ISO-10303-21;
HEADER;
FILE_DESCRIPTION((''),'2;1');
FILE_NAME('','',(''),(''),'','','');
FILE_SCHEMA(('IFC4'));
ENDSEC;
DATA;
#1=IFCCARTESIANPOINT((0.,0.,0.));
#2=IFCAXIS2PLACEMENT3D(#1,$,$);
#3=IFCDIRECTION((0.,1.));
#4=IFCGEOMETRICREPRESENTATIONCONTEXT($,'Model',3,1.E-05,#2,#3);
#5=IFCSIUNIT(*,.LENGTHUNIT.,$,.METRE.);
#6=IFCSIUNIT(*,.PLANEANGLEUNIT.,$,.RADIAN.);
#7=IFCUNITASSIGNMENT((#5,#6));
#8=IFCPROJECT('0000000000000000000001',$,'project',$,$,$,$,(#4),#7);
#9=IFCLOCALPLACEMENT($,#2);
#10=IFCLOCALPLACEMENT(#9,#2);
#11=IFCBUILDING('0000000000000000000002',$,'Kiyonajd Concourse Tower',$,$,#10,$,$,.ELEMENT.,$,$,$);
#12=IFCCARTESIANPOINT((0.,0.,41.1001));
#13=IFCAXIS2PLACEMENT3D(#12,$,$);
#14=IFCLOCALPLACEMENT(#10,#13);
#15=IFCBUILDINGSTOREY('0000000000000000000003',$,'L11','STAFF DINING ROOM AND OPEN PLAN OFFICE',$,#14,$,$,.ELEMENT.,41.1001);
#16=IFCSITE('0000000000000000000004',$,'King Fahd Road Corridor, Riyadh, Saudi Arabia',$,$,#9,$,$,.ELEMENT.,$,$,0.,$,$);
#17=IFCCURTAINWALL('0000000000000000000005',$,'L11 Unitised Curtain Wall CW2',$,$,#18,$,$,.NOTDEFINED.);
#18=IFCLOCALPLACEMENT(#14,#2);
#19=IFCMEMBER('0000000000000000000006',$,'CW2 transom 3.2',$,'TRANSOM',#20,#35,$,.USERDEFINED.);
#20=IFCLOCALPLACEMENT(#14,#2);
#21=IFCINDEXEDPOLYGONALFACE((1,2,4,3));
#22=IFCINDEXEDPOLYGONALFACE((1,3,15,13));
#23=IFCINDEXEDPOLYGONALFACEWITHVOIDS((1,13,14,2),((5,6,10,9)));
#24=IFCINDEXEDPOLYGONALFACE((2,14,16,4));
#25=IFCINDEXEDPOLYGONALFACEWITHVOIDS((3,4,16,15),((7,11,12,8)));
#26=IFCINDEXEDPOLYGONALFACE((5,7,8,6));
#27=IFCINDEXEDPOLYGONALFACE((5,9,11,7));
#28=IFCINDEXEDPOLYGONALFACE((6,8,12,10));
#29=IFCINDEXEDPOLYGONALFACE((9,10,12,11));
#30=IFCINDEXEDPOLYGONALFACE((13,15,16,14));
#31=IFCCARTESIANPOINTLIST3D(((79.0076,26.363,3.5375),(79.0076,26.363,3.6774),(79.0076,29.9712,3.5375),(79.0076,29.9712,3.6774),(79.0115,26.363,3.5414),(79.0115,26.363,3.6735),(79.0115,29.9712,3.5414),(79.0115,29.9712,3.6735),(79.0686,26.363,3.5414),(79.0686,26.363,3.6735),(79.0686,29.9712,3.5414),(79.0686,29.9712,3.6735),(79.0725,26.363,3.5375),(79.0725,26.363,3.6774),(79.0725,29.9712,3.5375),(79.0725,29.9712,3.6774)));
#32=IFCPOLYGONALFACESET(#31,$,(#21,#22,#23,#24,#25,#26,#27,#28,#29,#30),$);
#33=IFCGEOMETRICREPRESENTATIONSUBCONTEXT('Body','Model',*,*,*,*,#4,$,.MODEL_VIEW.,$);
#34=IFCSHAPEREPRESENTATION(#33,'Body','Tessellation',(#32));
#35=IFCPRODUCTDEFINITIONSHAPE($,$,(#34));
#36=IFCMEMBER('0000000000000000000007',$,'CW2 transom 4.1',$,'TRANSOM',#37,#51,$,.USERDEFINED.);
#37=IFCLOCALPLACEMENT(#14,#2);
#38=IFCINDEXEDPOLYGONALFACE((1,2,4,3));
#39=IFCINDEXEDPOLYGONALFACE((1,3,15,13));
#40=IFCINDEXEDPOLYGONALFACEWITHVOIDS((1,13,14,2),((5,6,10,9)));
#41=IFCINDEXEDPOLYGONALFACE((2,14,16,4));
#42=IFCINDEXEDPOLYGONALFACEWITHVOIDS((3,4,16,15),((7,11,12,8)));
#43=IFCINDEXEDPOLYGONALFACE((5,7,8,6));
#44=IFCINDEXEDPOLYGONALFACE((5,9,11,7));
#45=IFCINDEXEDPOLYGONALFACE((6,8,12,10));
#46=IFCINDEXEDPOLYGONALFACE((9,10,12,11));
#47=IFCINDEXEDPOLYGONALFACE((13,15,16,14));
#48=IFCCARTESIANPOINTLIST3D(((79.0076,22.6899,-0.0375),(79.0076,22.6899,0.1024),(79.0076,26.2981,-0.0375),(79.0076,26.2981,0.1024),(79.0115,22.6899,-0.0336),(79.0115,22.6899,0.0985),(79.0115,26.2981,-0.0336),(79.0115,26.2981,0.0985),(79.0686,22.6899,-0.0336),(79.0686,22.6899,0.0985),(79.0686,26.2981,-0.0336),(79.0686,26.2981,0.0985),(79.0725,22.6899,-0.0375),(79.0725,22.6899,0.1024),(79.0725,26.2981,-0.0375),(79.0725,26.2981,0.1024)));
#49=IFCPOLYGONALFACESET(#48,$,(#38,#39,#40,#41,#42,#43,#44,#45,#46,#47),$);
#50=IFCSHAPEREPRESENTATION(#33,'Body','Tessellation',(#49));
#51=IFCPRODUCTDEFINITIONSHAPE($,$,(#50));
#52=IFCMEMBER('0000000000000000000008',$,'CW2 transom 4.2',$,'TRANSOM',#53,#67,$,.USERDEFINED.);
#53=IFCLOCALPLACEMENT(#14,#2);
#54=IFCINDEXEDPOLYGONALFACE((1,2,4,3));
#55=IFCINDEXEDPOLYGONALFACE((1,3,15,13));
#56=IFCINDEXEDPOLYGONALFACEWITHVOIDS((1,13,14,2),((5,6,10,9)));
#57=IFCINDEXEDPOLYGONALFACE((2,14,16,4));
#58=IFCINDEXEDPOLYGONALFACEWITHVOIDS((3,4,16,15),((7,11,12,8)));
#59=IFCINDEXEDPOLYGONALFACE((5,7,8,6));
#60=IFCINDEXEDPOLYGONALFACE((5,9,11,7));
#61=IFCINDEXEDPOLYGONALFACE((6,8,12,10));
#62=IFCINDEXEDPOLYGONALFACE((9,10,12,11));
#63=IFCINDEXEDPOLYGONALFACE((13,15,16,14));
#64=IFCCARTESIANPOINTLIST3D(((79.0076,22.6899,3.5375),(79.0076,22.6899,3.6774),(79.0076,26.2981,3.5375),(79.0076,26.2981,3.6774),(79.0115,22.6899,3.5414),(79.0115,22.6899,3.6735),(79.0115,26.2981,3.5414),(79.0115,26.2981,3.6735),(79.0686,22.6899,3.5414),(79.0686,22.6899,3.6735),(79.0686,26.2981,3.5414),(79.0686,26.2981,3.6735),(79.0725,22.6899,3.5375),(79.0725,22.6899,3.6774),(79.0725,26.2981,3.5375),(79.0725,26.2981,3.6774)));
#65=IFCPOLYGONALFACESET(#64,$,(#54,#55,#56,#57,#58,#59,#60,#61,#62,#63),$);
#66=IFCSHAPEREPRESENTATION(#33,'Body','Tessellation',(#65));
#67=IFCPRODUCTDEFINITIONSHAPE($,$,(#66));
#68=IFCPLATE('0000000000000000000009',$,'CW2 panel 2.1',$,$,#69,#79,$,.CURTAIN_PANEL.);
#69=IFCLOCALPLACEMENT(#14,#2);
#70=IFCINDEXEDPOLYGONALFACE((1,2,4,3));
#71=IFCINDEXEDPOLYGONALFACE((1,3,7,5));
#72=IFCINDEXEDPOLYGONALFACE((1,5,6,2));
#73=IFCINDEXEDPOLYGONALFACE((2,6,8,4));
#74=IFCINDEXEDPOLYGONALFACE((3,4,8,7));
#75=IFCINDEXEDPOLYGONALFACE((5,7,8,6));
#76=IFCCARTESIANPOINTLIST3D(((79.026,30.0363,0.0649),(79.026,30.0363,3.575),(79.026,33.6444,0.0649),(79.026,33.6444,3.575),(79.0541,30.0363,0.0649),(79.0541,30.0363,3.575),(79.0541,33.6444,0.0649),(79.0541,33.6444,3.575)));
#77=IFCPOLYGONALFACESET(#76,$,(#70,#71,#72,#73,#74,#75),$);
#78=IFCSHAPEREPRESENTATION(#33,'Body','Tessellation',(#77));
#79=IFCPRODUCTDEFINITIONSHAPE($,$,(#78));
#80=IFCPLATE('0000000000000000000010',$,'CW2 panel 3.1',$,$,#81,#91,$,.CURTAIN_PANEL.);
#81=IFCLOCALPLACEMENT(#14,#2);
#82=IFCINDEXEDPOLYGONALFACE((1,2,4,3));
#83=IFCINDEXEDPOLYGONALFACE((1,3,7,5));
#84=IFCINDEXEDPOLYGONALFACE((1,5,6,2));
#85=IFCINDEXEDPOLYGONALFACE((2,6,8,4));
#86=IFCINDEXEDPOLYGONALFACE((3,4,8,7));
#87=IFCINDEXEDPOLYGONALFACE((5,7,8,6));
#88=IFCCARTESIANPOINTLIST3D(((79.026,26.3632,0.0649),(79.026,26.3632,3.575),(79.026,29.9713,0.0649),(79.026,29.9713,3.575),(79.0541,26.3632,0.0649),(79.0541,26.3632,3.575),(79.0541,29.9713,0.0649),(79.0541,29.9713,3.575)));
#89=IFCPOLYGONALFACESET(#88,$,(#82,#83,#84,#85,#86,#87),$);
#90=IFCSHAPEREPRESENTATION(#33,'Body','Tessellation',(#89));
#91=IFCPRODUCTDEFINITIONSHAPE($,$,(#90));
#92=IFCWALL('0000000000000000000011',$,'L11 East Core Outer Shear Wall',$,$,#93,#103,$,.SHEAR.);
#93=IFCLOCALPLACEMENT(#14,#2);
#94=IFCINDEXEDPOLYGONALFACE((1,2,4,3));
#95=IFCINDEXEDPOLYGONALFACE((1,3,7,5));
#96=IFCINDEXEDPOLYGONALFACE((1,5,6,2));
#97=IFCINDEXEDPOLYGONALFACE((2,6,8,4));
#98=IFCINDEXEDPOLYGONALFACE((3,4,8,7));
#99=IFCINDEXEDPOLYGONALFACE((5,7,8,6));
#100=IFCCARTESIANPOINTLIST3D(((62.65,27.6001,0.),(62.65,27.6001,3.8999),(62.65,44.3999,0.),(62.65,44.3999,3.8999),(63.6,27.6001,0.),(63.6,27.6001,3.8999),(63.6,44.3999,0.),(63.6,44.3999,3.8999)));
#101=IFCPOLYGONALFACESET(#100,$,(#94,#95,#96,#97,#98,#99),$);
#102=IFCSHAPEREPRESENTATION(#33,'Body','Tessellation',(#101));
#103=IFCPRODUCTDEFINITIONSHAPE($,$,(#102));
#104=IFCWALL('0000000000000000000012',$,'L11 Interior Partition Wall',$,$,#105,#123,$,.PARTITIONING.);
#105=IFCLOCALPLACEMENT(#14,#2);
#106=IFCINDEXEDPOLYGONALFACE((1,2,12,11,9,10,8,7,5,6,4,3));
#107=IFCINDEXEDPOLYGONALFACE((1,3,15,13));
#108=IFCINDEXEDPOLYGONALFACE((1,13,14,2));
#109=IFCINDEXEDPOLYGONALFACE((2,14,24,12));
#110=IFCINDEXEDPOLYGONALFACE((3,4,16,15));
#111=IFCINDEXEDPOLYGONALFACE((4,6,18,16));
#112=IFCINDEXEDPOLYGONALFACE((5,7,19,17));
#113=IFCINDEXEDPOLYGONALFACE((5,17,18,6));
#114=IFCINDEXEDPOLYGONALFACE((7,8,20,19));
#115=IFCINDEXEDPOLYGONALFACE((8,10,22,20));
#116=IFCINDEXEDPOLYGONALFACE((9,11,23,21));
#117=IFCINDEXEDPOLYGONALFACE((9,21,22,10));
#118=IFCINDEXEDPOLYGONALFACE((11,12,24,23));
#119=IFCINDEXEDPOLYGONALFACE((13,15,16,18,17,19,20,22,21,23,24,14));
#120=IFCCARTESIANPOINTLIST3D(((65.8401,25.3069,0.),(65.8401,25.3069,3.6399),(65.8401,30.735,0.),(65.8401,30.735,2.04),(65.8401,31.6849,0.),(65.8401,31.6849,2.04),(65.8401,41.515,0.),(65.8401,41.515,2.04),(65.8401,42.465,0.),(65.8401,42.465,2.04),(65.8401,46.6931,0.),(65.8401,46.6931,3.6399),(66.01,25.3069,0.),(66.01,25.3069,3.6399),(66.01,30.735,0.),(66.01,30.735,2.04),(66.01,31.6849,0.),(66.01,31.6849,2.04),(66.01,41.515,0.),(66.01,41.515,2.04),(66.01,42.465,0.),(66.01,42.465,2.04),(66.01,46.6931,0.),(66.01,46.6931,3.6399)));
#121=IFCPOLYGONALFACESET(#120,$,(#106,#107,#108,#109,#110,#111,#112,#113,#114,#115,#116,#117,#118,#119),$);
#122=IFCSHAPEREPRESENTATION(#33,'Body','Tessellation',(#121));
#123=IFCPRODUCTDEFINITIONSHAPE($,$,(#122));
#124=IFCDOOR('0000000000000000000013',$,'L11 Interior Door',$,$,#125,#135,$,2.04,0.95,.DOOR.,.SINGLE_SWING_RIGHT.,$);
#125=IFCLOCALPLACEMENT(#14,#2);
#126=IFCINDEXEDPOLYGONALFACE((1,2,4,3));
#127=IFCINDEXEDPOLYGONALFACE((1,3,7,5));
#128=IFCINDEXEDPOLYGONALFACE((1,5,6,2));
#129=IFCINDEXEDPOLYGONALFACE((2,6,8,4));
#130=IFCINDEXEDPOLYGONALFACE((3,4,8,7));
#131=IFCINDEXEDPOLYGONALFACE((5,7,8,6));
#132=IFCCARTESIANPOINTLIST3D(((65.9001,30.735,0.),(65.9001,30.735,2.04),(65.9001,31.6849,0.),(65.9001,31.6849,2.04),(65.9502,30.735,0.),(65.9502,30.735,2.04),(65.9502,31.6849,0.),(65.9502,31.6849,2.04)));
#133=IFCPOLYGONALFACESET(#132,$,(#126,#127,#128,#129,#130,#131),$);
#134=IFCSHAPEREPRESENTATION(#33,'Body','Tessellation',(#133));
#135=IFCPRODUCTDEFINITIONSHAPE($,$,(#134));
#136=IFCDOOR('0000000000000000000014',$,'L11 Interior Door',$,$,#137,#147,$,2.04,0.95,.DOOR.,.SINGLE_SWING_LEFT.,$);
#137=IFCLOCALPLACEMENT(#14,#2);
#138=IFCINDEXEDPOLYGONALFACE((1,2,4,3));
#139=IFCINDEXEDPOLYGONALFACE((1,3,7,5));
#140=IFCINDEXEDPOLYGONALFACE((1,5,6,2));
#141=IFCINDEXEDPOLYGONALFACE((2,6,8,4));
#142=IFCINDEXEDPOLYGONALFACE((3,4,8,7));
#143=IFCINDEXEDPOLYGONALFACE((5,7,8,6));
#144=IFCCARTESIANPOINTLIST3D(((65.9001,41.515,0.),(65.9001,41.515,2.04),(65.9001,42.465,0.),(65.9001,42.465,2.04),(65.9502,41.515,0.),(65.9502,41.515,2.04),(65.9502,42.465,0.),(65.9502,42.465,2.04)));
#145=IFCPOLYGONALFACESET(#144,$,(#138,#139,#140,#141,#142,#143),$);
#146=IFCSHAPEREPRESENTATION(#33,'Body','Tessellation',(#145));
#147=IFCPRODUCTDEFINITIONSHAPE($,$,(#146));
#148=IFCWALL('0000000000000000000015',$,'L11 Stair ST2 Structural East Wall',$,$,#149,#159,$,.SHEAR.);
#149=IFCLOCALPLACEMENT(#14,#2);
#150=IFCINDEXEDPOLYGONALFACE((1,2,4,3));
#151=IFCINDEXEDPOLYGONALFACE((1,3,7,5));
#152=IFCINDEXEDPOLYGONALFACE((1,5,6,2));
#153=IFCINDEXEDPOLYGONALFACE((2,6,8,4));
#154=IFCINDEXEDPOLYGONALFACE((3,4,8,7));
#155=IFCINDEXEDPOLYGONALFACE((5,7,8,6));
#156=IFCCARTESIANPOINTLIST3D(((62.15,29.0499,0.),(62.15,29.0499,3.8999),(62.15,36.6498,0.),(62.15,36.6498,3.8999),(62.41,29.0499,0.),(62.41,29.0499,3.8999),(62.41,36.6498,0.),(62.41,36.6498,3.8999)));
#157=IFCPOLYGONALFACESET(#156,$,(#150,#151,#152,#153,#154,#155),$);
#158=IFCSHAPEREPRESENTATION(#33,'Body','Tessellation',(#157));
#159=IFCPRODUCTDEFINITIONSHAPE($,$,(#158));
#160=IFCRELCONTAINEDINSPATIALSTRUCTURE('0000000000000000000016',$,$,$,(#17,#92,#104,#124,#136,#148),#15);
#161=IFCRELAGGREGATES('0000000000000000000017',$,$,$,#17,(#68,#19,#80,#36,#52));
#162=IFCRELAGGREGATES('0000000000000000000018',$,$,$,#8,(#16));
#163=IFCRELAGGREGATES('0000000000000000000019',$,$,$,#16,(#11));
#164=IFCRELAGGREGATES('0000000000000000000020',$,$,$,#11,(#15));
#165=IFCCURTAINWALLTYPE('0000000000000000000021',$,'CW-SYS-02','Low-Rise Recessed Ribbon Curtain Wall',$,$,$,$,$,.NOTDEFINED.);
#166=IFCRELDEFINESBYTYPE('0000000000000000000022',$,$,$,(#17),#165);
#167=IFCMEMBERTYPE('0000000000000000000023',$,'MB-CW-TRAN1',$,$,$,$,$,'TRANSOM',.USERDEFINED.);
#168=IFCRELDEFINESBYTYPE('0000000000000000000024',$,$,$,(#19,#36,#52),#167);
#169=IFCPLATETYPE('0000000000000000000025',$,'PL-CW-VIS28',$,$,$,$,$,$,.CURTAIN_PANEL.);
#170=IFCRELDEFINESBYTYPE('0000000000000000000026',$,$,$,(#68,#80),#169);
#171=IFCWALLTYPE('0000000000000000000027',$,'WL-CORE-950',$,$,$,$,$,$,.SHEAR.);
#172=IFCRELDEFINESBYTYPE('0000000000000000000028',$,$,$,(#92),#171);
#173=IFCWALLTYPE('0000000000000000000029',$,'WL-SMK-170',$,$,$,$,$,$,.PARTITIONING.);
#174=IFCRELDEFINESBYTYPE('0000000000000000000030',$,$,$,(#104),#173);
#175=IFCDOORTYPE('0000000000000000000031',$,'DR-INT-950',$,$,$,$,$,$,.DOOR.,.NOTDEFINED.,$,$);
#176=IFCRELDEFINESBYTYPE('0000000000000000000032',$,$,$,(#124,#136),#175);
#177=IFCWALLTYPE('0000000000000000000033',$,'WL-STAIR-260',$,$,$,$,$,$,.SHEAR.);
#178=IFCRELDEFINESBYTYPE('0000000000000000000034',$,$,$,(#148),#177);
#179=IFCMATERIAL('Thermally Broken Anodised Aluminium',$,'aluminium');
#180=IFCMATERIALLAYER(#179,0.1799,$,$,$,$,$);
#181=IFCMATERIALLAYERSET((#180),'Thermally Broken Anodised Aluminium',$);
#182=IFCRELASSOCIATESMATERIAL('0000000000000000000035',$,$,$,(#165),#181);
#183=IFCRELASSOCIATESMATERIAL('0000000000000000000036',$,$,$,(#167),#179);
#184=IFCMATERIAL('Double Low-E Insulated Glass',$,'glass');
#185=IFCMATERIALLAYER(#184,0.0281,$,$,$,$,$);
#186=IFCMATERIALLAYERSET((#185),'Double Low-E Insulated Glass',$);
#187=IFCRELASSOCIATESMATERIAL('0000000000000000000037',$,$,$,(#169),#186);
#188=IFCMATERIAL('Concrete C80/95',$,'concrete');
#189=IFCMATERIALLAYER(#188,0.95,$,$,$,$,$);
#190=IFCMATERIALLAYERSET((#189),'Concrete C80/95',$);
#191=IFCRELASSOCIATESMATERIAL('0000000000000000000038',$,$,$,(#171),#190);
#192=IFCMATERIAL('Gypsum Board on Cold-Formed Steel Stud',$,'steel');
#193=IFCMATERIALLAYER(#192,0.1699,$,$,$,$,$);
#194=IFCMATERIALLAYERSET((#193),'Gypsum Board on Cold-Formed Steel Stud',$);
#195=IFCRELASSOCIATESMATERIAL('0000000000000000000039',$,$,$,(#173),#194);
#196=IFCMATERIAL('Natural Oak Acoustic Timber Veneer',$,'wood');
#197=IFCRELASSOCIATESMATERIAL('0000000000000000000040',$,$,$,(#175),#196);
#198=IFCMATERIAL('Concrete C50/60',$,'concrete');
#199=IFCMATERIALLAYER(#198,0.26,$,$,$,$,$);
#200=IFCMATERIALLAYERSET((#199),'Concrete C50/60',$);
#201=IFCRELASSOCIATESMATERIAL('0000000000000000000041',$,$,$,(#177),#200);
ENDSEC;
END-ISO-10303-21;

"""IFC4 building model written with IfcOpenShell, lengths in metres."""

from ifc_helpers import new_model, si_unit, direction, frame, frame_2d, origin, origin_2d, place, context, subcontext, project, spatial, rectangle, hollow_rectangle, extrude, material, layer, layer_set, material_profile, profile_set, type_object, element, fill, aggregate, save


model = new_model("IFC4")

# Units and contexts
model_context = context("Model", 3, precision=1e-05, world=origin(), true_north=direction((0.0, 1.0)))
body_context = subcontext(model_context, "Body", "Model", "MODEL_VIEW")
ifc_project = project(units=[si_unit("LENGTHUNIT", "METRE"), si_unit("PLANEANGLEUNIT", "RADIAN")], contexts=[model_context])

# Site, building, storey
site_placement = place(None, origin())
site = spatial("IfcSite", under=ifc_project, at=site_placement, Name="King Fahd Road Corridor, Riyadh, Saudi Arabia", CompositionType="ELEMENT", RefElevation=0.0)
building_placement = place(site_placement, origin())
building = spatial("IfcBuilding", under=site, at=building_placement, Name="Kiyonajd Concourse Tower", CompositionType="ELEMENT")
storey_placement = place(building_placement, frame((0.0, 0.0, 41.1001)))
storey = spatial("IfcBuildingStorey", under=building, at=storey_placement, Name="L11", Description="STAFF DINING ROOM AND OPEN PLAN OFFICE", CompositionType="ELEMENT", Elevation=41.1001)

# Shared definitions
ifc_material_1 = material(Name="Concrete C80/95", Category="concrete")

# Curtain wall, members, plates
ifc_material_2 = material(Name="Thermally Broken Anodised Aluminium", Category="aluminium")
ifc_layer_1 = layer(ifc_material_2, 0.1799)
ifc_layer_set_1 = layer_set([ifc_layer_1], Name="Thermally Broken Anodised Aluminium")
curtain_wall_type = type_object("IfcCurtainWallType", Name="CW-SYS-02", Description="Low-Rise Recessed Ribbon Curtain Wall", PredefinedType="NOTDEFINED", material=ifc_layer_set_1)
curtain_wall_placement = place(storey_placement, origin())
curtain_wall = element("IfcCurtainWall", 1, at=curtain_wall_placement, inside=storey, type_object=curtain_wall_type, Name="L11 Unitised Curtain Wall CW2", PredefinedType="NOTDEFINED")
ifc_material_profile_1 = material_profile(ifc_material_2, hollow_rectangle(XDim=0.0649, YDim=0.1399, WallThickness=0.0039, at=origin_2d()), Name="TRAN-65x140")
ifc_profile_set_1 = profile_set([ifc_material_profile_1], Name="Thermally Broken Anodised Aluminium")
member_type_1 = type_object("IfcMemberType", Name="MB-CW-TRAN1", ElementType="TRANSOM", PredefinedType="USERDEFINED", material=ifc_profile_set_1)
member_1_placement = place(storey_placement, frame((79.04, 29.9712, 3.6074), z_axis=(0.0, -1.0, 0.0), x_axis=(1.0, 0.0, 0.0)))
member_1 = element("IfcMember", 2, at=member_1_placement, type_object=member_type_1, Name="CW2 transom 3.2", ObjectType="TRANSOM", PredefinedType="USERDEFINED", context=body_context, shape_type="SweptSolid", body=[
    extrude(hollow_rectangle(XDim=0.0649, YDim=0.1399, WallThickness=0.0039, at=origin_2d()), origin(), (0.0, 0.0, 1.0), 3.6082),
])
member_2_placement = place(storey_placement, frame((79.04, 26.2981, 0.0325), z_axis=(0.0, -1.0, 0.0), x_axis=(1.0, 0.0, 0.0)))
member_2 = element("IfcMember", 3, at=member_2_placement, type_object=member_type_1, Name="CW2 transom 4.1", ObjectType="TRANSOM", PredefinedType="USERDEFINED", context=body_context, shape_type="SweptSolid", body=[
    extrude(hollow_rectangle(XDim=0.0649, YDim=0.1399, WallThickness=0.0039, at=origin_2d()), origin(), (0.0, 0.0, 1.0), 3.6082),
])
member_3_placement = place(storey_placement, frame((79.04, 26.2981, 3.6074), z_axis=(0.0, -1.0, 0.0), x_axis=(1.0, 0.0, 0.0)))
member_3 = element("IfcMember", 4, at=member_3_placement, type_object=member_type_1, Name="CW2 transom 4.2", ObjectType="TRANSOM", PredefinedType="USERDEFINED", context=body_context, shape_type="SweptSolid", body=[
    extrude(hollow_rectangle(XDim=0.0649, YDim=0.1399, WallThickness=0.0039, at=origin_2d()), origin(), (0.0, 0.0, 1.0), 3.6082),
])
ifc_material_3 = material(Name="Double Low-E Insulated Glass", Category="glass")
ifc_layer_2 = layer(ifc_material_3, 0.0281)
ifc_layer_set_2 = layer_set([ifc_layer_2], Name="Double Low-E Insulated Glass")
plate_type = type_object("IfcPlateType", Name="PL-CW-VIS28", PredefinedType="CURTAIN_PANEL", material=ifc_layer_set_2)
plate_1_placement = place(storey_placement, frame((79.04, 31.8403, 0.0649), z_axis=(0.0, 0.0, 1.0), x_axis=(0.0, -1.0, 0.0)))
plate_1 = element("IfcPlate", 5, at=plate_1_placement, type_object=plate_type, Name="CW2 panel 2.1", PredefinedType="CURTAIN_PANEL", context=body_context, shape_type="SweptSolid", body=[
    extrude(rectangle(XDim=3.6082, YDim=0.0281, at=origin_2d()), origin(), (0.0, 0.0, 1.0), 3.51),
])
plate_2_placement = place(storey_placement, frame((79.04, 28.1672, 0.0649), z_axis=(0.0, 0.0, 1.0), x_axis=(0.0, -1.0, 0.0)))
plate_2 = element("IfcPlate", 6, at=plate_2_placement, type_object=plate_type, Name="CW2 panel 3.1", PredefinedType="CURTAIN_PANEL", context=body_context, shape_type="SweptSolid", body=[
    extrude(rectangle(XDim=3.6082, YDim=0.0281, at=origin_2d()), origin(), (0.0, 0.0, 1.0), 3.51),
])
aggregate(curtain_wall, [plate_1, member_1, plate_2, member_2, member_3])

# Wall
ifc_layer_3 = layer(ifc_material_1, 0.95)
ifc_layer_set_3 = layer_set([ifc_layer_3], Name="Concrete C80/95")
wall_type_1 = type_object("IfcWallType", Name="WL-CORE-950", PredefinedType="SHEAR", material=ifc_layer_set_3)
wall_1_placement = place(storey_placement, frame((63.125, 27.6001, 0.0), z_axis=(0.0, 0.0, 1.0), x_axis=(0.0, 1.0, 0.0)))
element("IfcWall", 7, at=wall_1_placement, inside=storey, type_object=wall_type_1, Name="L11 East Core Outer Shear Wall", PredefinedType="SHEAR", context=body_context, shape_type="SweptSolid", body=[
    extrude(rectangle(XDim=16.7998, YDim=0.95, at=frame_2d((8.3999, 0.0))), origin(), (0.0, 0.0, 1.0), 3.8999),
])

# Wall, openings, doors
ifc_material_4 = material(Name="Gypsum Board on Cold-Formed Steel Stud", Category="steel")
ifc_layer_4 = layer(ifc_material_4, 0.1699)
ifc_layer_set_4 = layer_set([ifc_layer_4], Name="Gypsum Board on Cold-Formed Steel Stud")
wall_type_2 = type_object("IfcWallType", Name="WL-SMK-170", PredefinedType="PARTITIONING", material=ifc_layer_set_4)
wall_2_placement = place(storey_placement, frame((65.925, 25.3069, 0.0), z_axis=(0.0, 0.0, 1.0), x_axis=(0.0, 1.0, 0.0)))
wall_2 = element("IfcWall", 8, at=wall_2_placement, inside=storey, type_object=wall_type_2, Name="L11 Interior Partition Wall", PredefinedType="PARTITIONING", context=body_context, shape_type="SweptSolid", body=[
    extrude(rectangle(XDim=21.3862, YDim=0.1699, at=frame_2d((10.6931, 0.0))), origin(), (0.0, 0.0, 1.0), 3.6399),
])
opening_1_placement = place(wall_2_placement, frame((5.428, 0.0, 0.0)))
opening_1 = element("IfcOpeningElement", 9, at=opening_1_placement, cuts=wall_2, PredefinedType="OPENING", context=body_context, shape_type="SweptSolid", body=[
    extrude(rectangle(XDim=0.95, YDim=2.04, at=frame_2d((0.4751, 1.02))), frame((0.0, 0.095, 0.0), z_axis=(0.0, -1.0, 0.0), x_axis=(1.0, 0.0, 0.0)), (0.0, 0.0, 1.0), 0.1899),
])
opening_2_placement = place(wall_2_placement, frame((16.208, 0.0, 0.0)))
opening_2 = element("IfcOpeningElement", 10, at=opening_2_placement, cuts=wall_2, PredefinedType="OPENING", context=body_context, shape_type="SweptSolid", body=[
    extrude(rectangle(XDim=0.95, YDim=2.04, at=frame_2d((0.4751, 1.02))), frame((0.0, 0.095, 0.0), z_axis=(0.0, -1.0, 0.0), x_axis=(1.0, 0.0, 0.0)), (0.0, 0.0, 1.0), 0.1899),
])
ifc_material_5 = material(Name="Natural Oak Acoustic Timber Veneer", Category="wood")
door_type = type_object("IfcDoorType", Name="DR-INT-950", OperationType="NOTDEFINED", PredefinedType="DOOR", material=ifc_material_5)
door_1_placement = place(opening_1_placement, origin())
door_1 = element("IfcDoor", 11, at=door_1_placement, inside=storey, type_object=door_type, Name="L11 Interior Door", OperationType="SINGLE_SWING_RIGHT", OverallHeight=2.04, OverallWidth=0.95, PredefinedType="DOOR", context=body_context, shape_type="SweptSolid", body=[
    extrude(rectangle(XDim=0.95, YDim=2.04, at=frame_2d((0.4751, 1.02))), frame((0.0, 0.0249, 0.0), z_axis=(0.0, -1.0, 0.0), x_axis=(1.0, 0.0, 0.0)), (0.0, 0.0, 1.0), 0.05),
])
fill(opening_1, door_1)
door_2_placement = place(opening_2_placement, origin())
door_2 = element("IfcDoor", 12, at=door_2_placement, inside=storey, type_object=door_type, Name="L11 Interior Door", OperationType="SINGLE_SWING_LEFT", OverallHeight=2.04, OverallWidth=0.95, PredefinedType="DOOR", context=body_context, shape_type="SweptSolid", body=[
    extrude(rectangle(XDim=0.95, YDim=2.04, at=frame_2d((0.4751, 1.02))), frame((0.0, 0.0249, 0.0), z_axis=(0.0, -1.0, 0.0), x_axis=(1.0, 0.0, 0.0)), (0.0, 0.0, 1.0), 0.05),
])
fill(opening_2, door_2)

# Wall
ifc_material_6 = material(Name="Concrete C50/60", Category="concrete")
ifc_layer_5 = layer(ifc_material_6, 0.26)
ifc_layer_set_5 = layer_set([ifc_layer_5], Name="Concrete C50/60")
wall_type_3 = type_object("IfcWallType", Name="WL-STAIR-260", PredefinedType="SHEAR", material=ifc_layer_set_5)
wall_3_placement = place(storey_placement, frame((62.28, 29.05, 0.0), z_axis=(0.0, 0.0, 1.0), x_axis=(0.0, 1.0, 0.0)))
element("IfcWall", 13, at=wall_3_placement, inside=storey, type_object=wall_type_3, Name="L11 Stair ST2 Structural East Wall", PredefinedType="SHEAR", context=body_context, shape_type="SweptSolid", body=[
    extrude(rectangle(XDim=7.5999, YDim=0.26, at=frame_2d((3.7998, 0.0))), origin(), (0.0, 0.0, 1.0), 3.8999),
])

save(model, "model.ifc")
